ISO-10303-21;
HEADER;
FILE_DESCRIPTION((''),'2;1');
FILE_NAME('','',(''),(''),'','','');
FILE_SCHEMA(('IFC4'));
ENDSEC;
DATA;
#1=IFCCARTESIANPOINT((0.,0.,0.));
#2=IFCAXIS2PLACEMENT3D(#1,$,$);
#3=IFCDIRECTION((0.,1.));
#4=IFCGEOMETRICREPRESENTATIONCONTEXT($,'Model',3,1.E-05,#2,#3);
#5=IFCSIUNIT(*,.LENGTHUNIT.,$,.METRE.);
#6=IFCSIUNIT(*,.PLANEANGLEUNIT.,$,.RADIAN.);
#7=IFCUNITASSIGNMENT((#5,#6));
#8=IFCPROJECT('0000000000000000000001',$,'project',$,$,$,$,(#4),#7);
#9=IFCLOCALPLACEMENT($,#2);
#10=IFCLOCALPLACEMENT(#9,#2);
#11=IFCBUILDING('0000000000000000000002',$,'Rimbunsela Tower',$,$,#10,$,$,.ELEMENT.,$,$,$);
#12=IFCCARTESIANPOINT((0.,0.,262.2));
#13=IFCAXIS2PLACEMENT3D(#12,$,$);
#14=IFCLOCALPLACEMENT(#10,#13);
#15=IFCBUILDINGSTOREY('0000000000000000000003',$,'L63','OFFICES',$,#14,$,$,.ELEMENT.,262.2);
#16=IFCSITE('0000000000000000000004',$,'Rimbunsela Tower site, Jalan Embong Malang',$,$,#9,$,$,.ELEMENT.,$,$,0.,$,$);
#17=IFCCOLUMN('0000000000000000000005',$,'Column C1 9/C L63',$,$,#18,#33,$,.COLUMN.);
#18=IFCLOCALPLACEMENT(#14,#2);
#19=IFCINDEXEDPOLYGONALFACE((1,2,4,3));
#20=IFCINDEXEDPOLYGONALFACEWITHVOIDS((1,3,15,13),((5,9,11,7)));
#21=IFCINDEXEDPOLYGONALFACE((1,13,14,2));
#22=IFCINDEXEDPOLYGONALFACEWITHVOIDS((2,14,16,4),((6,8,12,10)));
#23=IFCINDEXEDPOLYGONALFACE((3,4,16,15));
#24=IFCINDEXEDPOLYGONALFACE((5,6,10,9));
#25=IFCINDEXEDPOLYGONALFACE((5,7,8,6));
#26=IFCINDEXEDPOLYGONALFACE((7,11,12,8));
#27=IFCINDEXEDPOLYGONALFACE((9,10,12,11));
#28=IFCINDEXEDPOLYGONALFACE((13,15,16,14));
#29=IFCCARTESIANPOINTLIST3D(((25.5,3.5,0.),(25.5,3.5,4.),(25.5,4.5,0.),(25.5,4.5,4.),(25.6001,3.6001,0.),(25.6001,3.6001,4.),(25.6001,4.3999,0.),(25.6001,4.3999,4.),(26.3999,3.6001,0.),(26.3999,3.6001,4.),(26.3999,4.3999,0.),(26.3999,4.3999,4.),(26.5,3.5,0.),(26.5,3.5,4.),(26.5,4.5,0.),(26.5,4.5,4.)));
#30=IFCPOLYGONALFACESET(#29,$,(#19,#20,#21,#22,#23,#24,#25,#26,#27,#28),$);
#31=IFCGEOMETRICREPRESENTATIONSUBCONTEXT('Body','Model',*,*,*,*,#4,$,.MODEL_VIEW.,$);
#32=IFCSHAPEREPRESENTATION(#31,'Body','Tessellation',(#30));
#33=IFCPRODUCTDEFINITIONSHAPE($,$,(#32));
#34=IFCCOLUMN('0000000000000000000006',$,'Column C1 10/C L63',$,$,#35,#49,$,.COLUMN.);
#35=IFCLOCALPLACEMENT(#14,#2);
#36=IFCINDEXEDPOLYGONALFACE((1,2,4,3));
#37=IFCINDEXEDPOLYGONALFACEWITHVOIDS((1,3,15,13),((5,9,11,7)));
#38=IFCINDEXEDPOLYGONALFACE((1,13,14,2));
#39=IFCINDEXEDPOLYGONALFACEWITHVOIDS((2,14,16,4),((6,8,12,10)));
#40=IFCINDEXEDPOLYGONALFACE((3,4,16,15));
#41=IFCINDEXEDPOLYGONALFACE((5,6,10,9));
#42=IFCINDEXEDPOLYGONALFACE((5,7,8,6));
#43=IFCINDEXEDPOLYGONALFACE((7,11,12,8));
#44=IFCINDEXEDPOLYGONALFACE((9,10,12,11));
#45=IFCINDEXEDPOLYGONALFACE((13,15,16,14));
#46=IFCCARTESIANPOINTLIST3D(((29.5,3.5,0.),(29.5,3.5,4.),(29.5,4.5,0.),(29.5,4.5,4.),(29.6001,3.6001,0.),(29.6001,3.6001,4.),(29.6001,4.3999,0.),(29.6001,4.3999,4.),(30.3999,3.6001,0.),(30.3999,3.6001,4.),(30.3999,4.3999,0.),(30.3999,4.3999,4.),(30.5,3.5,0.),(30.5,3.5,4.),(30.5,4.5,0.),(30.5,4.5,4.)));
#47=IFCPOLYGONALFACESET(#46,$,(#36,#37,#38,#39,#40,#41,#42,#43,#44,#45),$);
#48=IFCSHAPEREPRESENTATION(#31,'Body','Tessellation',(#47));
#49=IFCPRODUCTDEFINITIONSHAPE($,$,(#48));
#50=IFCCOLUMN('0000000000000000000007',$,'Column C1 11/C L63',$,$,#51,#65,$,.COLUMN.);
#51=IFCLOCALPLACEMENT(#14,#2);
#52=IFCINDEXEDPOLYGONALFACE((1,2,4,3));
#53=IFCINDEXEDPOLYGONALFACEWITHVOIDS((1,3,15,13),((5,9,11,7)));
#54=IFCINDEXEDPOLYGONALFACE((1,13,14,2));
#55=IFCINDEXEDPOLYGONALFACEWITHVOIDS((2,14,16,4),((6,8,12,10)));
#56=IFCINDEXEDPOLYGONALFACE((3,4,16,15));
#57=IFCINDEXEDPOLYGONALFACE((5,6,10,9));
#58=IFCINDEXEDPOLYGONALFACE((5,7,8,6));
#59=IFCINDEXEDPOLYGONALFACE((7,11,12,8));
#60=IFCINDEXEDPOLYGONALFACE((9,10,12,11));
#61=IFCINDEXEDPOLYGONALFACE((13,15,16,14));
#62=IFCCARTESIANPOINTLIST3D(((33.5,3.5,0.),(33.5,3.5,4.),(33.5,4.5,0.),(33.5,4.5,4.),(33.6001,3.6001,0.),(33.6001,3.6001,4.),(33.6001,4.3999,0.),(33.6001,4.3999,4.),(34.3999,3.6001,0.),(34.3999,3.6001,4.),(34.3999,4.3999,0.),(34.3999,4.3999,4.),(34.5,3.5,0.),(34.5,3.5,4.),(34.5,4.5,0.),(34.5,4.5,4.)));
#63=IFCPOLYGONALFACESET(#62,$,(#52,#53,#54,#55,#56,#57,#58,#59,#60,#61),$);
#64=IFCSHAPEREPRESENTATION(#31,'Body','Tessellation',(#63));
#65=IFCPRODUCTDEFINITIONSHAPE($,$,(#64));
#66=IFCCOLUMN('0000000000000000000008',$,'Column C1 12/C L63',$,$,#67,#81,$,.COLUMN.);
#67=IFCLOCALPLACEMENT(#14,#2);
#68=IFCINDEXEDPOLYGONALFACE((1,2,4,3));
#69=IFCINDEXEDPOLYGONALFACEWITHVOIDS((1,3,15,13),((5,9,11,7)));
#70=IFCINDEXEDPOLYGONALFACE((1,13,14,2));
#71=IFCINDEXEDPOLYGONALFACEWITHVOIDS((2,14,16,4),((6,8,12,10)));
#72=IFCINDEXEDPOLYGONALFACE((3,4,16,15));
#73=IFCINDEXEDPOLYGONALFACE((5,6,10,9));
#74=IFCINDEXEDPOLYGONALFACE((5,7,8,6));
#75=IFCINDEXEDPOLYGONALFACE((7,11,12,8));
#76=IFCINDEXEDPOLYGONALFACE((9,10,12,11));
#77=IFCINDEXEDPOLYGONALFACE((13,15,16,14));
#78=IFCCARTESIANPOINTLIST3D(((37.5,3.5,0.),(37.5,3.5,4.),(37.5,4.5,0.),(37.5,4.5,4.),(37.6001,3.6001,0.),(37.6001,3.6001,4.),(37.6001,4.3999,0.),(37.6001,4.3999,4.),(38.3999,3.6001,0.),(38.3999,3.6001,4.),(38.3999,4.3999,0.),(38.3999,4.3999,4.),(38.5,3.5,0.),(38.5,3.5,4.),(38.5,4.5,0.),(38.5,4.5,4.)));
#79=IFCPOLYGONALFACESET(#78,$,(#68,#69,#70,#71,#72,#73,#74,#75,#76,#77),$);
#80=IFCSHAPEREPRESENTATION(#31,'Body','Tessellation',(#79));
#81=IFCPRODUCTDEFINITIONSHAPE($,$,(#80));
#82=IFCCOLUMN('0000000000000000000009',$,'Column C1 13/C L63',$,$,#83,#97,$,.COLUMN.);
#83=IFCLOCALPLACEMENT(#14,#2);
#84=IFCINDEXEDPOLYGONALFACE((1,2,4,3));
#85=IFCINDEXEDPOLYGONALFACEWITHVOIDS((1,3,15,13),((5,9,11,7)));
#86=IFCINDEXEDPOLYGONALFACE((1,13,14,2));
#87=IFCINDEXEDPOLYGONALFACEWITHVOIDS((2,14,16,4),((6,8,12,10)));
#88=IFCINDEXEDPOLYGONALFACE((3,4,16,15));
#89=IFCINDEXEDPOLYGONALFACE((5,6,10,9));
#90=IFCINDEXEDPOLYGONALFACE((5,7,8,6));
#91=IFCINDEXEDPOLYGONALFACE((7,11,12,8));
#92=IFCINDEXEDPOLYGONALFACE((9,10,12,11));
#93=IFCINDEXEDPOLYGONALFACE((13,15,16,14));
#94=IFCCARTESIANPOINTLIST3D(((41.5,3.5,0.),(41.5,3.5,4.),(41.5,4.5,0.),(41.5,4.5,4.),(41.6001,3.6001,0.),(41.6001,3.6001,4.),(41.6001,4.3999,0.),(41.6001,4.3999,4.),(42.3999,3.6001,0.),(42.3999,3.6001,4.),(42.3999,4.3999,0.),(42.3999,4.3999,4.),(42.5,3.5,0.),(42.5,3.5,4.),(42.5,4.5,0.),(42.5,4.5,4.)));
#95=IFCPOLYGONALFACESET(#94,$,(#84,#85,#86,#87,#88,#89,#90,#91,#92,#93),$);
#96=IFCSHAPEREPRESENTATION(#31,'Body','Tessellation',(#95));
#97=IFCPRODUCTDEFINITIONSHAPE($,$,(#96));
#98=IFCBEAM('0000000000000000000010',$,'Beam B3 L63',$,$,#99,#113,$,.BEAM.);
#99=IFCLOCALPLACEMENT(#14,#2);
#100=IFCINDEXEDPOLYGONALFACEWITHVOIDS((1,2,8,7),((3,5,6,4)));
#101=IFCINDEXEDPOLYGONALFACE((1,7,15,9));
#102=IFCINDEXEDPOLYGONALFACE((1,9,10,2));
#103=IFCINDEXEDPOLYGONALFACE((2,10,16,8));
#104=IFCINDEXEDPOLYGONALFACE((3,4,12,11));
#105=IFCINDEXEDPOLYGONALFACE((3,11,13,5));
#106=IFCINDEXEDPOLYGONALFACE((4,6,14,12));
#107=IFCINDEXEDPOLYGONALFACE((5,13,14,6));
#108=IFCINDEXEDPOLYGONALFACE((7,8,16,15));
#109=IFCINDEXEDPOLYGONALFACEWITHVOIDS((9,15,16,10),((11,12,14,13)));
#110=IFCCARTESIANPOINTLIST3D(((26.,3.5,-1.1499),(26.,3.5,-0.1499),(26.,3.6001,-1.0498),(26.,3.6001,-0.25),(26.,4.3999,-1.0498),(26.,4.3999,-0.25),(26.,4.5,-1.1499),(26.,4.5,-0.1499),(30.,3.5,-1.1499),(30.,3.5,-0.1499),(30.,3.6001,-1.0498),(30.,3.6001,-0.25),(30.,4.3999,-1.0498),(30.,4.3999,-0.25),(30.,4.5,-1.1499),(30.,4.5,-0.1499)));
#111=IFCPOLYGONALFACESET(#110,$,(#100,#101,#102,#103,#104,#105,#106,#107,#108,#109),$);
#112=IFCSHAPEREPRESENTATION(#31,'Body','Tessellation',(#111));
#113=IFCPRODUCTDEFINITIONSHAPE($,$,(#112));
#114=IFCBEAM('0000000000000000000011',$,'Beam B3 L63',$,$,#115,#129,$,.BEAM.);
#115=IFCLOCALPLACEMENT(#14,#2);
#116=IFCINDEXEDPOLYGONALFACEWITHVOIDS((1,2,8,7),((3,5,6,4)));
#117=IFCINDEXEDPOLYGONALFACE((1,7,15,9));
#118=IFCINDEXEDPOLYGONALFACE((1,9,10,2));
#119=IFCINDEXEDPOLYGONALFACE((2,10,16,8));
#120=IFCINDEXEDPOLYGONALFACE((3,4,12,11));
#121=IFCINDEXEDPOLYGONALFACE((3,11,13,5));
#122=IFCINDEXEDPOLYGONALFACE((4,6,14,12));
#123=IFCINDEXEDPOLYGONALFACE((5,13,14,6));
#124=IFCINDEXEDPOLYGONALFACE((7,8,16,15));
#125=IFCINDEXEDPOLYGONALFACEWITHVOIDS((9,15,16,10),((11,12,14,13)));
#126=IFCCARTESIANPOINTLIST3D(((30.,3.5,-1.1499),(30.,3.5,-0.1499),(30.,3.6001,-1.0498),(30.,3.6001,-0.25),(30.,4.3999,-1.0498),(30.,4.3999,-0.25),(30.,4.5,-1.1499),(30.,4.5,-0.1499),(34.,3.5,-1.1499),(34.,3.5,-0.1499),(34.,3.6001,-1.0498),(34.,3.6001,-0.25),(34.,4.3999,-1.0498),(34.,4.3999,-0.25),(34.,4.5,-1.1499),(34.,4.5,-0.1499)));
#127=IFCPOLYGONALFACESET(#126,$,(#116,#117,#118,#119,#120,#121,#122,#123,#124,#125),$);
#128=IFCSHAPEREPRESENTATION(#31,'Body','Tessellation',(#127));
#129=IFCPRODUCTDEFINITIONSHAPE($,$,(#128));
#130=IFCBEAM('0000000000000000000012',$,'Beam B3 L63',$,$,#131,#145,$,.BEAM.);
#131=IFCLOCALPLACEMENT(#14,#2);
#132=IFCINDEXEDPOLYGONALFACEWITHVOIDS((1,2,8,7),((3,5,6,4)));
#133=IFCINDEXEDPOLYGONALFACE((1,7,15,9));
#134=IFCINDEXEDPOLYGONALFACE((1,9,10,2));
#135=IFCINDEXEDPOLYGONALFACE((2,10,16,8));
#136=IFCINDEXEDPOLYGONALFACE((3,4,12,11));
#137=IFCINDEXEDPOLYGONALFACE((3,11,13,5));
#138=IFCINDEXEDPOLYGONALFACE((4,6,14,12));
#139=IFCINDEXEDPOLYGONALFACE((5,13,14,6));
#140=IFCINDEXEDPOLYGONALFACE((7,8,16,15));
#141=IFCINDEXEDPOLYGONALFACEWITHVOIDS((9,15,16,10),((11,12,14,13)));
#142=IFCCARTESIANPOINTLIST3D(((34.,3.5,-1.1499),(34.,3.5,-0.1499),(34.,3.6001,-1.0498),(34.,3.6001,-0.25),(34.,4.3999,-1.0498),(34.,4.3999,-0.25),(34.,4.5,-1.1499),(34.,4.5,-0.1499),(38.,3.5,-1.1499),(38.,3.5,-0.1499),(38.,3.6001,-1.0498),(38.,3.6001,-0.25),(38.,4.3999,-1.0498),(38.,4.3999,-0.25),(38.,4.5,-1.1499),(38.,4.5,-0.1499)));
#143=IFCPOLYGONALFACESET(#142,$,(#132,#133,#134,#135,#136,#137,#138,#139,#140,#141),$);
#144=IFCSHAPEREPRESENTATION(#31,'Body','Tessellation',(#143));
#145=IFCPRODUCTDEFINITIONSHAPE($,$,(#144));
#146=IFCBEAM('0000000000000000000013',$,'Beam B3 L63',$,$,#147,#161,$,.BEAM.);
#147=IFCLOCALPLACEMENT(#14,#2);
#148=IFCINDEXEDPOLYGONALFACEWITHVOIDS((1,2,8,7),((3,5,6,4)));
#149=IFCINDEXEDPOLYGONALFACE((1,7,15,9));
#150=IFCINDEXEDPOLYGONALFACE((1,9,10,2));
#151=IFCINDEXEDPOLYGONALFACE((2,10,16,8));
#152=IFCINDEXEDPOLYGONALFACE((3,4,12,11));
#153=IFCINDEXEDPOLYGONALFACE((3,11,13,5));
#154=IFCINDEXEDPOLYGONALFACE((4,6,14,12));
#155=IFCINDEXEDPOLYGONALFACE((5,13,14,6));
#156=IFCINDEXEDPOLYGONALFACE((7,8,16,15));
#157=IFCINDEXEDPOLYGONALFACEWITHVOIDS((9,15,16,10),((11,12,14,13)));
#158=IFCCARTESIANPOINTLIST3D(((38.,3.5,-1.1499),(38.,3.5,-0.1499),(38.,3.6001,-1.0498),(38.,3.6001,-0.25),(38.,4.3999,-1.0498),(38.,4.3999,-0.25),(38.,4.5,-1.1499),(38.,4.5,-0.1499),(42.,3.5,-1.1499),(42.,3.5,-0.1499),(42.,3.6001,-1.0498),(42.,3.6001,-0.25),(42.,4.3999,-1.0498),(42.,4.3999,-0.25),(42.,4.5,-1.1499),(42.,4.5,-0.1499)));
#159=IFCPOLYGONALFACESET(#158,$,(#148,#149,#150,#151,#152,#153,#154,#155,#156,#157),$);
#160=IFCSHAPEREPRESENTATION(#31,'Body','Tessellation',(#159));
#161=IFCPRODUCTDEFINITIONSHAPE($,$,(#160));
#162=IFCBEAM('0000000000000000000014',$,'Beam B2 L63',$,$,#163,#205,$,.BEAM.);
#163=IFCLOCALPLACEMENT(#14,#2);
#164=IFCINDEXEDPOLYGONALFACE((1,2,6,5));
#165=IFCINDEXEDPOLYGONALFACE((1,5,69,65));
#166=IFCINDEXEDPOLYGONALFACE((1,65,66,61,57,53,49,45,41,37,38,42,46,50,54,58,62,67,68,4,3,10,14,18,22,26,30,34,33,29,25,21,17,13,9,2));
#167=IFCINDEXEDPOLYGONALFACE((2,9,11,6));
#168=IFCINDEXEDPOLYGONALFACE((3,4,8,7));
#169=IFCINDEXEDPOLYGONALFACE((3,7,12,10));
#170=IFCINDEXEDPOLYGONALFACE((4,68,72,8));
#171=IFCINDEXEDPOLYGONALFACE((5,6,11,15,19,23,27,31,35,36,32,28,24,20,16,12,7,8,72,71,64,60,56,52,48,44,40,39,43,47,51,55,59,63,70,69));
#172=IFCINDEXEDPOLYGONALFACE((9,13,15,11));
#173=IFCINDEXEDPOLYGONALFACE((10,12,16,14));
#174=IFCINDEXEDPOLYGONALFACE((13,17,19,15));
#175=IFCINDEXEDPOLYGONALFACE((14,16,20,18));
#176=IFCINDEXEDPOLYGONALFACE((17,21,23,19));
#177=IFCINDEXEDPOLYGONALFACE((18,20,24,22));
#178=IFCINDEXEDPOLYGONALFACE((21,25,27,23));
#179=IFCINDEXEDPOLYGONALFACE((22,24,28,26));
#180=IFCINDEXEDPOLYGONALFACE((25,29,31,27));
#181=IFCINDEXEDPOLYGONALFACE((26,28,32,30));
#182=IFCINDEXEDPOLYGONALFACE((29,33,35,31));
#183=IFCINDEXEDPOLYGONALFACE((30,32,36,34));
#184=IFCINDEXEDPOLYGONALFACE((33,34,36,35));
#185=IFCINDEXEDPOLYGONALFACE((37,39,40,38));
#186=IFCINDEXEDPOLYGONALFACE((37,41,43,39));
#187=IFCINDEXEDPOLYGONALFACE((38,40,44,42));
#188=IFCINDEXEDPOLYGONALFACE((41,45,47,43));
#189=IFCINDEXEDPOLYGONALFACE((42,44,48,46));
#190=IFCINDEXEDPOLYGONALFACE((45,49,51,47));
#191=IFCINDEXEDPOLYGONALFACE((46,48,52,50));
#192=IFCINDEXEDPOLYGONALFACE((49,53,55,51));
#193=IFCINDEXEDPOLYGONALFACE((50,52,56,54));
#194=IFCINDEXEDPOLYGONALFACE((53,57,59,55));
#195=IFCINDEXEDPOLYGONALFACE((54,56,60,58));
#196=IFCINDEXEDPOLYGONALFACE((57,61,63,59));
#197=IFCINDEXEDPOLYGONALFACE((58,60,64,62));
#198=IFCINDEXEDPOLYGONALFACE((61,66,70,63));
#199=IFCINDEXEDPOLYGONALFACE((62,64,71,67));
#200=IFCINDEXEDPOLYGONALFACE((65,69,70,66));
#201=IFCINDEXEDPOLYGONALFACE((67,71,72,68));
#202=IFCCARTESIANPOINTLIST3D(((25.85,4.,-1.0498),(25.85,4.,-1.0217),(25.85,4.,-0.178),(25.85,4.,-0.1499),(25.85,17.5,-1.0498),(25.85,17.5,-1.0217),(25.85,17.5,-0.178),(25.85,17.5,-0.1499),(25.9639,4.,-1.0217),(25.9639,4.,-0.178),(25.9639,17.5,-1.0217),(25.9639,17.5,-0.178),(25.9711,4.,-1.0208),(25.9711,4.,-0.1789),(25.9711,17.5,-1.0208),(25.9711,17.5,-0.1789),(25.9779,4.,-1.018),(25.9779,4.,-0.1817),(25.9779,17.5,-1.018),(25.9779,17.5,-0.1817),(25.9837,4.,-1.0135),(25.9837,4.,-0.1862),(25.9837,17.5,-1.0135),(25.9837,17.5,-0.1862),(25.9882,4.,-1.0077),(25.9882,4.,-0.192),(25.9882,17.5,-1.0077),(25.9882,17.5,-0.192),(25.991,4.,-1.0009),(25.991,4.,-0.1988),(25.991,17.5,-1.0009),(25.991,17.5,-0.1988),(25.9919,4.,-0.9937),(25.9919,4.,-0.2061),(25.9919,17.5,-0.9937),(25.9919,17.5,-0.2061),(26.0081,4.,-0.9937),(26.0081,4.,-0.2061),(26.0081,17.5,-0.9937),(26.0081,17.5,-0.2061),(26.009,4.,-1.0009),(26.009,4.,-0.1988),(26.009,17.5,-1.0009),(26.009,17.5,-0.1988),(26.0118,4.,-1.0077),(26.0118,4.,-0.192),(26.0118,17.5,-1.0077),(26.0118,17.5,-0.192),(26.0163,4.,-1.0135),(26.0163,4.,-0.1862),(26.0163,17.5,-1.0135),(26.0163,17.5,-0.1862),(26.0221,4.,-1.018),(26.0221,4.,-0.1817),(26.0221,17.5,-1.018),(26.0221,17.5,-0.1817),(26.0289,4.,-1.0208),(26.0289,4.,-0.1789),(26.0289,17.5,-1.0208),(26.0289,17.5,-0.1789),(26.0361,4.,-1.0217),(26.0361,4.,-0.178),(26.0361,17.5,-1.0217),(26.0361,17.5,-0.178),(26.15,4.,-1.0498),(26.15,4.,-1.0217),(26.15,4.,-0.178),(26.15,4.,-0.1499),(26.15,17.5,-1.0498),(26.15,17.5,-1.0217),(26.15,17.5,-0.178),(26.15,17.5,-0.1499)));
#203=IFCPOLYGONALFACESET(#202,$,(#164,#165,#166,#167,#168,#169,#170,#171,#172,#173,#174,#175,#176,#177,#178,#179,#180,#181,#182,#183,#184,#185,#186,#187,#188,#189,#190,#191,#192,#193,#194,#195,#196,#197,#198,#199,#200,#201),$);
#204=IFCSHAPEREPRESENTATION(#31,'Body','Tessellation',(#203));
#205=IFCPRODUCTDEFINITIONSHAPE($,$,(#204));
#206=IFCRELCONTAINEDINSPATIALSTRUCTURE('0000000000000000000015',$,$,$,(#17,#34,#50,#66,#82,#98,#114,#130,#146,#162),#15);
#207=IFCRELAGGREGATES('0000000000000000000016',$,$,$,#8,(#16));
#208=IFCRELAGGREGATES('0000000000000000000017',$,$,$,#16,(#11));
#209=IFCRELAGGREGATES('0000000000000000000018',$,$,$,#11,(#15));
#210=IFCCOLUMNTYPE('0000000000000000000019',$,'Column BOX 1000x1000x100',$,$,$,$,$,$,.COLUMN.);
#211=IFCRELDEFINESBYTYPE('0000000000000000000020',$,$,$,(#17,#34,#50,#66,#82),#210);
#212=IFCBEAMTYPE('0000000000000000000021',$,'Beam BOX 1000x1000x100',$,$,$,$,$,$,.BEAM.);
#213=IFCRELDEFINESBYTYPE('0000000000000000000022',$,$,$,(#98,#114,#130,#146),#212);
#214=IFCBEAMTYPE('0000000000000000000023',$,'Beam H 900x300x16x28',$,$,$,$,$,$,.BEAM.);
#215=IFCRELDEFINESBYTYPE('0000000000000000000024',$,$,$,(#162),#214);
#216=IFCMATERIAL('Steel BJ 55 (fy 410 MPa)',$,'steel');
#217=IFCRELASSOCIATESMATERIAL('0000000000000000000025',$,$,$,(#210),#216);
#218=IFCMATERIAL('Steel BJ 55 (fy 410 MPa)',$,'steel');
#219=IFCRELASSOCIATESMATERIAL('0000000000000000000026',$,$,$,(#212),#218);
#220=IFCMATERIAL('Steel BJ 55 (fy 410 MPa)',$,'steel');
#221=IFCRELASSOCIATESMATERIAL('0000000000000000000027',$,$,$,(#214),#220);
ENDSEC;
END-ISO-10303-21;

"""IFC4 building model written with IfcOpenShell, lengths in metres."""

from ifc_helpers import new_model, si_unit, direction, frame, origin, origin_2d, place, context, subcontext, project, spatial, hollow_rectangle, i_section, extrude, material, material_profile, profile_set, type_object, element, save


model = new_model("IFC4")

# Units and contexts
model_context = context("Model", 3, precision=1e-05, world=origin(), true_north=direction((0.0, 1.0)))
body_context = subcontext(model_context, "Body", "Model", "MODEL_VIEW")
ifc_project = project(units=[si_unit("LENGTHUNIT", "METRE"), si_unit("PLANEANGLEUNIT", "RADIAN")], contexts=[model_context])

# Site, building, storey
site_placement = place(None, origin())
site = spatial("IfcSite", under=ifc_project, at=site_placement, Name="Rimbunsela Tower site, Jalan Embong Malang", CompositionType="ELEMENT", RefElevation=0.0)
building_placement = place(site_placement, origin())
building = spatial("IfcBuilding", under=site, at=building_placement, Name="Rimbunsela Tower", CompositionType="ELEMENT")
storey_placement = place(building_placement, frame((0.0, 0.0, 262.2)))
storey = spatial("IfcBuildingStorey", under=building, at=storey_placement, Name="L63", Description="OFFICES", CompositionType="ELEMENT", Elevation=262.2)

# Columns
ifc_material_1 = material(Name="Steel BJ 55 (fy 410 MPa)", Category="steel")
ifc_material_profile_1 = material_profile(ifc_material_1, hollow_rectangle(XDim=1.0, YDim=1.0, WallThickness=0.1001, at=origin_2d()), Name="BOX 1000x1000x100")
ifc_profile_set_1 = profile_set([ifc_material_profile_1], Name="Steel BJ 55 (fy 410 MPa)")
column_type = type_object("IfcColumnType", Name="Column BOX 1000x1000x100", PredefinedType="COLUMN", material=ifc_profile_set_1)
for number, where, z_axis, x_axis, name in (
    (1, (26.0, 4.0, 0.0), (0.0, 0.0, 1.0), (1.0, 0.0, 0.0), "Column C1 9/C L63"),
    (2, (30.0, 4.0, 0.0), (0.0, 0.0, 1.0), (1.0, 0.0, 0.0), "Column C1 10/C L63"),
    (3, (34.0, 4.0, 0.0), (0.0, 0.0, 1.0), (1.0, 0.0, 0.0), "Column C1 11/C L63"),
    (4, (38.0, 4.0, 0.0), (0.0, 0.0, 1.0), (1.0, 0.0, 0.0), "Column C1 12/C L63"),
    (5, (42.0, 4.0, 0.0), (0.0, 0.0, 1.0), (1.0, 0.0, 0.0), "Column C1 13/C L63"),
):
    element("IfcColumn", number, at=place(storey_placement, frame(where, z_axis=z_axis, x_axis=x_axis)), inside=storey, type_object=column_type, Name=name, PredefinedType="COLUMN", context=body_context, shape_type="SweptSolid", body=[
        extrude(hollow_rectangle(XDim=1.0, YDim=1.0, WallThickness=0.1001, at=origin_2d()), origin(), (0.0, 0.0, 1.0), 4.0),
    ])

# Beams
ifc_material_2 = material(Name="Steel BJ 55 (fy 410 MPa)", Category="steel")
ifc_material_profile_2 = material_profile(ifc_material_2, hollow_rectangle(XDim=1.0, YDim=1.0, WallThickness=0.1001, at=origin_2d()), Name="BOX 1000x1000x100")
ifc_profile_set_2 = profile_set([ifc_material_profile_2], Name="Steel BJ 55 (fy 410 MPa)")
beam_type_1 = type_object("IfcBeamType", Name="Beam BOX 1000x1000x100", PredefinedType="BEAM", material=ifc_profile_set_2)
for number, where, z_axis, x_axis, name in (
    (6, (26.0, 4.0, -0.6499), (1.0, 0.0, 0.0), (0.0, 1.0, 0.0), "Beam B3 L63"),
    (7, (30.0, 4.0, -0.6499), (1.0, 0.0, 0.0), (0.0, 1.0, 0.0), "Beam B3 L63"),
    (8, (34.0, 4.0, -0.6499), (1.0, 0.0, 0.0), (0.0, 1.0, 0.0), "Beam B3 L63"),
    (9, (38.0, 4.0, -0.6499), (1.0, 0.0, 0.0), (0.0, 1.0, 0.0), "Beam B3 L63"),
):
    element("IfcBeam", number, at=place(storey_placement, frame(where, z_axis=z_axis, x_axis=x_axis)), inside=storey, type_object=beam_type_1, Name=name, PredefinedType="BEAM", context=body_context, shape_type="SweptSolid", body=[
        extrude(hollow_rectangle(XDim=1.0, YDim=1.0, WallThickness=0.1001, at=origin_2d()), origin(), (0.0, 0.0, 1.0), 4.0),
    ])
ifc_material_3 = material(Name="Steel BJ 55 (fy 410 MPa)", Category="steel")
ifc_material_profile_3 = material_profile(ifc_material_3, i_section(OverallWidth=0.3, OverallDepth=0.8999, WebThickness=0.0161, FlangeThickness=0.0281, FilletRadius=0.0281, at=origin_2d()), Name="H 900x300x16x28")
ifc_profile_set_3 = profile_set([ifc_material_profile_3], Name="Steel BJ 55 (fy 410 MPa)")
beam_type_2 = type_object("IfcBeamType", Name="Beam H 900x300x16x28", PredefinedType="BEAM", material=ifc_profile_set_3)
for number, where, z_axis, x_axis, name in (
    (10, (26.0, 4.0, -0.5999), (0.0, 1.0, 0.0), (-1.0, 0.0, 0.0), "Beam B2 L63"),
):
    element("IfcBeam", number, at=place(storey_placement, frame(where, z_axis=z_axis, x_axis=x_axis)), inside=storey, type_object=beam_type_2, Name=name, PredefinedType="BEAM", context=body_context, shape_type="SweptSolid", body=[
        extrude(i_section(OverallWidth=0.3, OverallDepth=0.8999, WebThickness=0.0161, FlangeThickness=0.0281, FilletRadius=0.0281, at=origin_2d()), origin(), (0.0, 0.0, 1.0), 13.5),
    ])

save(model, "model.ifc")
